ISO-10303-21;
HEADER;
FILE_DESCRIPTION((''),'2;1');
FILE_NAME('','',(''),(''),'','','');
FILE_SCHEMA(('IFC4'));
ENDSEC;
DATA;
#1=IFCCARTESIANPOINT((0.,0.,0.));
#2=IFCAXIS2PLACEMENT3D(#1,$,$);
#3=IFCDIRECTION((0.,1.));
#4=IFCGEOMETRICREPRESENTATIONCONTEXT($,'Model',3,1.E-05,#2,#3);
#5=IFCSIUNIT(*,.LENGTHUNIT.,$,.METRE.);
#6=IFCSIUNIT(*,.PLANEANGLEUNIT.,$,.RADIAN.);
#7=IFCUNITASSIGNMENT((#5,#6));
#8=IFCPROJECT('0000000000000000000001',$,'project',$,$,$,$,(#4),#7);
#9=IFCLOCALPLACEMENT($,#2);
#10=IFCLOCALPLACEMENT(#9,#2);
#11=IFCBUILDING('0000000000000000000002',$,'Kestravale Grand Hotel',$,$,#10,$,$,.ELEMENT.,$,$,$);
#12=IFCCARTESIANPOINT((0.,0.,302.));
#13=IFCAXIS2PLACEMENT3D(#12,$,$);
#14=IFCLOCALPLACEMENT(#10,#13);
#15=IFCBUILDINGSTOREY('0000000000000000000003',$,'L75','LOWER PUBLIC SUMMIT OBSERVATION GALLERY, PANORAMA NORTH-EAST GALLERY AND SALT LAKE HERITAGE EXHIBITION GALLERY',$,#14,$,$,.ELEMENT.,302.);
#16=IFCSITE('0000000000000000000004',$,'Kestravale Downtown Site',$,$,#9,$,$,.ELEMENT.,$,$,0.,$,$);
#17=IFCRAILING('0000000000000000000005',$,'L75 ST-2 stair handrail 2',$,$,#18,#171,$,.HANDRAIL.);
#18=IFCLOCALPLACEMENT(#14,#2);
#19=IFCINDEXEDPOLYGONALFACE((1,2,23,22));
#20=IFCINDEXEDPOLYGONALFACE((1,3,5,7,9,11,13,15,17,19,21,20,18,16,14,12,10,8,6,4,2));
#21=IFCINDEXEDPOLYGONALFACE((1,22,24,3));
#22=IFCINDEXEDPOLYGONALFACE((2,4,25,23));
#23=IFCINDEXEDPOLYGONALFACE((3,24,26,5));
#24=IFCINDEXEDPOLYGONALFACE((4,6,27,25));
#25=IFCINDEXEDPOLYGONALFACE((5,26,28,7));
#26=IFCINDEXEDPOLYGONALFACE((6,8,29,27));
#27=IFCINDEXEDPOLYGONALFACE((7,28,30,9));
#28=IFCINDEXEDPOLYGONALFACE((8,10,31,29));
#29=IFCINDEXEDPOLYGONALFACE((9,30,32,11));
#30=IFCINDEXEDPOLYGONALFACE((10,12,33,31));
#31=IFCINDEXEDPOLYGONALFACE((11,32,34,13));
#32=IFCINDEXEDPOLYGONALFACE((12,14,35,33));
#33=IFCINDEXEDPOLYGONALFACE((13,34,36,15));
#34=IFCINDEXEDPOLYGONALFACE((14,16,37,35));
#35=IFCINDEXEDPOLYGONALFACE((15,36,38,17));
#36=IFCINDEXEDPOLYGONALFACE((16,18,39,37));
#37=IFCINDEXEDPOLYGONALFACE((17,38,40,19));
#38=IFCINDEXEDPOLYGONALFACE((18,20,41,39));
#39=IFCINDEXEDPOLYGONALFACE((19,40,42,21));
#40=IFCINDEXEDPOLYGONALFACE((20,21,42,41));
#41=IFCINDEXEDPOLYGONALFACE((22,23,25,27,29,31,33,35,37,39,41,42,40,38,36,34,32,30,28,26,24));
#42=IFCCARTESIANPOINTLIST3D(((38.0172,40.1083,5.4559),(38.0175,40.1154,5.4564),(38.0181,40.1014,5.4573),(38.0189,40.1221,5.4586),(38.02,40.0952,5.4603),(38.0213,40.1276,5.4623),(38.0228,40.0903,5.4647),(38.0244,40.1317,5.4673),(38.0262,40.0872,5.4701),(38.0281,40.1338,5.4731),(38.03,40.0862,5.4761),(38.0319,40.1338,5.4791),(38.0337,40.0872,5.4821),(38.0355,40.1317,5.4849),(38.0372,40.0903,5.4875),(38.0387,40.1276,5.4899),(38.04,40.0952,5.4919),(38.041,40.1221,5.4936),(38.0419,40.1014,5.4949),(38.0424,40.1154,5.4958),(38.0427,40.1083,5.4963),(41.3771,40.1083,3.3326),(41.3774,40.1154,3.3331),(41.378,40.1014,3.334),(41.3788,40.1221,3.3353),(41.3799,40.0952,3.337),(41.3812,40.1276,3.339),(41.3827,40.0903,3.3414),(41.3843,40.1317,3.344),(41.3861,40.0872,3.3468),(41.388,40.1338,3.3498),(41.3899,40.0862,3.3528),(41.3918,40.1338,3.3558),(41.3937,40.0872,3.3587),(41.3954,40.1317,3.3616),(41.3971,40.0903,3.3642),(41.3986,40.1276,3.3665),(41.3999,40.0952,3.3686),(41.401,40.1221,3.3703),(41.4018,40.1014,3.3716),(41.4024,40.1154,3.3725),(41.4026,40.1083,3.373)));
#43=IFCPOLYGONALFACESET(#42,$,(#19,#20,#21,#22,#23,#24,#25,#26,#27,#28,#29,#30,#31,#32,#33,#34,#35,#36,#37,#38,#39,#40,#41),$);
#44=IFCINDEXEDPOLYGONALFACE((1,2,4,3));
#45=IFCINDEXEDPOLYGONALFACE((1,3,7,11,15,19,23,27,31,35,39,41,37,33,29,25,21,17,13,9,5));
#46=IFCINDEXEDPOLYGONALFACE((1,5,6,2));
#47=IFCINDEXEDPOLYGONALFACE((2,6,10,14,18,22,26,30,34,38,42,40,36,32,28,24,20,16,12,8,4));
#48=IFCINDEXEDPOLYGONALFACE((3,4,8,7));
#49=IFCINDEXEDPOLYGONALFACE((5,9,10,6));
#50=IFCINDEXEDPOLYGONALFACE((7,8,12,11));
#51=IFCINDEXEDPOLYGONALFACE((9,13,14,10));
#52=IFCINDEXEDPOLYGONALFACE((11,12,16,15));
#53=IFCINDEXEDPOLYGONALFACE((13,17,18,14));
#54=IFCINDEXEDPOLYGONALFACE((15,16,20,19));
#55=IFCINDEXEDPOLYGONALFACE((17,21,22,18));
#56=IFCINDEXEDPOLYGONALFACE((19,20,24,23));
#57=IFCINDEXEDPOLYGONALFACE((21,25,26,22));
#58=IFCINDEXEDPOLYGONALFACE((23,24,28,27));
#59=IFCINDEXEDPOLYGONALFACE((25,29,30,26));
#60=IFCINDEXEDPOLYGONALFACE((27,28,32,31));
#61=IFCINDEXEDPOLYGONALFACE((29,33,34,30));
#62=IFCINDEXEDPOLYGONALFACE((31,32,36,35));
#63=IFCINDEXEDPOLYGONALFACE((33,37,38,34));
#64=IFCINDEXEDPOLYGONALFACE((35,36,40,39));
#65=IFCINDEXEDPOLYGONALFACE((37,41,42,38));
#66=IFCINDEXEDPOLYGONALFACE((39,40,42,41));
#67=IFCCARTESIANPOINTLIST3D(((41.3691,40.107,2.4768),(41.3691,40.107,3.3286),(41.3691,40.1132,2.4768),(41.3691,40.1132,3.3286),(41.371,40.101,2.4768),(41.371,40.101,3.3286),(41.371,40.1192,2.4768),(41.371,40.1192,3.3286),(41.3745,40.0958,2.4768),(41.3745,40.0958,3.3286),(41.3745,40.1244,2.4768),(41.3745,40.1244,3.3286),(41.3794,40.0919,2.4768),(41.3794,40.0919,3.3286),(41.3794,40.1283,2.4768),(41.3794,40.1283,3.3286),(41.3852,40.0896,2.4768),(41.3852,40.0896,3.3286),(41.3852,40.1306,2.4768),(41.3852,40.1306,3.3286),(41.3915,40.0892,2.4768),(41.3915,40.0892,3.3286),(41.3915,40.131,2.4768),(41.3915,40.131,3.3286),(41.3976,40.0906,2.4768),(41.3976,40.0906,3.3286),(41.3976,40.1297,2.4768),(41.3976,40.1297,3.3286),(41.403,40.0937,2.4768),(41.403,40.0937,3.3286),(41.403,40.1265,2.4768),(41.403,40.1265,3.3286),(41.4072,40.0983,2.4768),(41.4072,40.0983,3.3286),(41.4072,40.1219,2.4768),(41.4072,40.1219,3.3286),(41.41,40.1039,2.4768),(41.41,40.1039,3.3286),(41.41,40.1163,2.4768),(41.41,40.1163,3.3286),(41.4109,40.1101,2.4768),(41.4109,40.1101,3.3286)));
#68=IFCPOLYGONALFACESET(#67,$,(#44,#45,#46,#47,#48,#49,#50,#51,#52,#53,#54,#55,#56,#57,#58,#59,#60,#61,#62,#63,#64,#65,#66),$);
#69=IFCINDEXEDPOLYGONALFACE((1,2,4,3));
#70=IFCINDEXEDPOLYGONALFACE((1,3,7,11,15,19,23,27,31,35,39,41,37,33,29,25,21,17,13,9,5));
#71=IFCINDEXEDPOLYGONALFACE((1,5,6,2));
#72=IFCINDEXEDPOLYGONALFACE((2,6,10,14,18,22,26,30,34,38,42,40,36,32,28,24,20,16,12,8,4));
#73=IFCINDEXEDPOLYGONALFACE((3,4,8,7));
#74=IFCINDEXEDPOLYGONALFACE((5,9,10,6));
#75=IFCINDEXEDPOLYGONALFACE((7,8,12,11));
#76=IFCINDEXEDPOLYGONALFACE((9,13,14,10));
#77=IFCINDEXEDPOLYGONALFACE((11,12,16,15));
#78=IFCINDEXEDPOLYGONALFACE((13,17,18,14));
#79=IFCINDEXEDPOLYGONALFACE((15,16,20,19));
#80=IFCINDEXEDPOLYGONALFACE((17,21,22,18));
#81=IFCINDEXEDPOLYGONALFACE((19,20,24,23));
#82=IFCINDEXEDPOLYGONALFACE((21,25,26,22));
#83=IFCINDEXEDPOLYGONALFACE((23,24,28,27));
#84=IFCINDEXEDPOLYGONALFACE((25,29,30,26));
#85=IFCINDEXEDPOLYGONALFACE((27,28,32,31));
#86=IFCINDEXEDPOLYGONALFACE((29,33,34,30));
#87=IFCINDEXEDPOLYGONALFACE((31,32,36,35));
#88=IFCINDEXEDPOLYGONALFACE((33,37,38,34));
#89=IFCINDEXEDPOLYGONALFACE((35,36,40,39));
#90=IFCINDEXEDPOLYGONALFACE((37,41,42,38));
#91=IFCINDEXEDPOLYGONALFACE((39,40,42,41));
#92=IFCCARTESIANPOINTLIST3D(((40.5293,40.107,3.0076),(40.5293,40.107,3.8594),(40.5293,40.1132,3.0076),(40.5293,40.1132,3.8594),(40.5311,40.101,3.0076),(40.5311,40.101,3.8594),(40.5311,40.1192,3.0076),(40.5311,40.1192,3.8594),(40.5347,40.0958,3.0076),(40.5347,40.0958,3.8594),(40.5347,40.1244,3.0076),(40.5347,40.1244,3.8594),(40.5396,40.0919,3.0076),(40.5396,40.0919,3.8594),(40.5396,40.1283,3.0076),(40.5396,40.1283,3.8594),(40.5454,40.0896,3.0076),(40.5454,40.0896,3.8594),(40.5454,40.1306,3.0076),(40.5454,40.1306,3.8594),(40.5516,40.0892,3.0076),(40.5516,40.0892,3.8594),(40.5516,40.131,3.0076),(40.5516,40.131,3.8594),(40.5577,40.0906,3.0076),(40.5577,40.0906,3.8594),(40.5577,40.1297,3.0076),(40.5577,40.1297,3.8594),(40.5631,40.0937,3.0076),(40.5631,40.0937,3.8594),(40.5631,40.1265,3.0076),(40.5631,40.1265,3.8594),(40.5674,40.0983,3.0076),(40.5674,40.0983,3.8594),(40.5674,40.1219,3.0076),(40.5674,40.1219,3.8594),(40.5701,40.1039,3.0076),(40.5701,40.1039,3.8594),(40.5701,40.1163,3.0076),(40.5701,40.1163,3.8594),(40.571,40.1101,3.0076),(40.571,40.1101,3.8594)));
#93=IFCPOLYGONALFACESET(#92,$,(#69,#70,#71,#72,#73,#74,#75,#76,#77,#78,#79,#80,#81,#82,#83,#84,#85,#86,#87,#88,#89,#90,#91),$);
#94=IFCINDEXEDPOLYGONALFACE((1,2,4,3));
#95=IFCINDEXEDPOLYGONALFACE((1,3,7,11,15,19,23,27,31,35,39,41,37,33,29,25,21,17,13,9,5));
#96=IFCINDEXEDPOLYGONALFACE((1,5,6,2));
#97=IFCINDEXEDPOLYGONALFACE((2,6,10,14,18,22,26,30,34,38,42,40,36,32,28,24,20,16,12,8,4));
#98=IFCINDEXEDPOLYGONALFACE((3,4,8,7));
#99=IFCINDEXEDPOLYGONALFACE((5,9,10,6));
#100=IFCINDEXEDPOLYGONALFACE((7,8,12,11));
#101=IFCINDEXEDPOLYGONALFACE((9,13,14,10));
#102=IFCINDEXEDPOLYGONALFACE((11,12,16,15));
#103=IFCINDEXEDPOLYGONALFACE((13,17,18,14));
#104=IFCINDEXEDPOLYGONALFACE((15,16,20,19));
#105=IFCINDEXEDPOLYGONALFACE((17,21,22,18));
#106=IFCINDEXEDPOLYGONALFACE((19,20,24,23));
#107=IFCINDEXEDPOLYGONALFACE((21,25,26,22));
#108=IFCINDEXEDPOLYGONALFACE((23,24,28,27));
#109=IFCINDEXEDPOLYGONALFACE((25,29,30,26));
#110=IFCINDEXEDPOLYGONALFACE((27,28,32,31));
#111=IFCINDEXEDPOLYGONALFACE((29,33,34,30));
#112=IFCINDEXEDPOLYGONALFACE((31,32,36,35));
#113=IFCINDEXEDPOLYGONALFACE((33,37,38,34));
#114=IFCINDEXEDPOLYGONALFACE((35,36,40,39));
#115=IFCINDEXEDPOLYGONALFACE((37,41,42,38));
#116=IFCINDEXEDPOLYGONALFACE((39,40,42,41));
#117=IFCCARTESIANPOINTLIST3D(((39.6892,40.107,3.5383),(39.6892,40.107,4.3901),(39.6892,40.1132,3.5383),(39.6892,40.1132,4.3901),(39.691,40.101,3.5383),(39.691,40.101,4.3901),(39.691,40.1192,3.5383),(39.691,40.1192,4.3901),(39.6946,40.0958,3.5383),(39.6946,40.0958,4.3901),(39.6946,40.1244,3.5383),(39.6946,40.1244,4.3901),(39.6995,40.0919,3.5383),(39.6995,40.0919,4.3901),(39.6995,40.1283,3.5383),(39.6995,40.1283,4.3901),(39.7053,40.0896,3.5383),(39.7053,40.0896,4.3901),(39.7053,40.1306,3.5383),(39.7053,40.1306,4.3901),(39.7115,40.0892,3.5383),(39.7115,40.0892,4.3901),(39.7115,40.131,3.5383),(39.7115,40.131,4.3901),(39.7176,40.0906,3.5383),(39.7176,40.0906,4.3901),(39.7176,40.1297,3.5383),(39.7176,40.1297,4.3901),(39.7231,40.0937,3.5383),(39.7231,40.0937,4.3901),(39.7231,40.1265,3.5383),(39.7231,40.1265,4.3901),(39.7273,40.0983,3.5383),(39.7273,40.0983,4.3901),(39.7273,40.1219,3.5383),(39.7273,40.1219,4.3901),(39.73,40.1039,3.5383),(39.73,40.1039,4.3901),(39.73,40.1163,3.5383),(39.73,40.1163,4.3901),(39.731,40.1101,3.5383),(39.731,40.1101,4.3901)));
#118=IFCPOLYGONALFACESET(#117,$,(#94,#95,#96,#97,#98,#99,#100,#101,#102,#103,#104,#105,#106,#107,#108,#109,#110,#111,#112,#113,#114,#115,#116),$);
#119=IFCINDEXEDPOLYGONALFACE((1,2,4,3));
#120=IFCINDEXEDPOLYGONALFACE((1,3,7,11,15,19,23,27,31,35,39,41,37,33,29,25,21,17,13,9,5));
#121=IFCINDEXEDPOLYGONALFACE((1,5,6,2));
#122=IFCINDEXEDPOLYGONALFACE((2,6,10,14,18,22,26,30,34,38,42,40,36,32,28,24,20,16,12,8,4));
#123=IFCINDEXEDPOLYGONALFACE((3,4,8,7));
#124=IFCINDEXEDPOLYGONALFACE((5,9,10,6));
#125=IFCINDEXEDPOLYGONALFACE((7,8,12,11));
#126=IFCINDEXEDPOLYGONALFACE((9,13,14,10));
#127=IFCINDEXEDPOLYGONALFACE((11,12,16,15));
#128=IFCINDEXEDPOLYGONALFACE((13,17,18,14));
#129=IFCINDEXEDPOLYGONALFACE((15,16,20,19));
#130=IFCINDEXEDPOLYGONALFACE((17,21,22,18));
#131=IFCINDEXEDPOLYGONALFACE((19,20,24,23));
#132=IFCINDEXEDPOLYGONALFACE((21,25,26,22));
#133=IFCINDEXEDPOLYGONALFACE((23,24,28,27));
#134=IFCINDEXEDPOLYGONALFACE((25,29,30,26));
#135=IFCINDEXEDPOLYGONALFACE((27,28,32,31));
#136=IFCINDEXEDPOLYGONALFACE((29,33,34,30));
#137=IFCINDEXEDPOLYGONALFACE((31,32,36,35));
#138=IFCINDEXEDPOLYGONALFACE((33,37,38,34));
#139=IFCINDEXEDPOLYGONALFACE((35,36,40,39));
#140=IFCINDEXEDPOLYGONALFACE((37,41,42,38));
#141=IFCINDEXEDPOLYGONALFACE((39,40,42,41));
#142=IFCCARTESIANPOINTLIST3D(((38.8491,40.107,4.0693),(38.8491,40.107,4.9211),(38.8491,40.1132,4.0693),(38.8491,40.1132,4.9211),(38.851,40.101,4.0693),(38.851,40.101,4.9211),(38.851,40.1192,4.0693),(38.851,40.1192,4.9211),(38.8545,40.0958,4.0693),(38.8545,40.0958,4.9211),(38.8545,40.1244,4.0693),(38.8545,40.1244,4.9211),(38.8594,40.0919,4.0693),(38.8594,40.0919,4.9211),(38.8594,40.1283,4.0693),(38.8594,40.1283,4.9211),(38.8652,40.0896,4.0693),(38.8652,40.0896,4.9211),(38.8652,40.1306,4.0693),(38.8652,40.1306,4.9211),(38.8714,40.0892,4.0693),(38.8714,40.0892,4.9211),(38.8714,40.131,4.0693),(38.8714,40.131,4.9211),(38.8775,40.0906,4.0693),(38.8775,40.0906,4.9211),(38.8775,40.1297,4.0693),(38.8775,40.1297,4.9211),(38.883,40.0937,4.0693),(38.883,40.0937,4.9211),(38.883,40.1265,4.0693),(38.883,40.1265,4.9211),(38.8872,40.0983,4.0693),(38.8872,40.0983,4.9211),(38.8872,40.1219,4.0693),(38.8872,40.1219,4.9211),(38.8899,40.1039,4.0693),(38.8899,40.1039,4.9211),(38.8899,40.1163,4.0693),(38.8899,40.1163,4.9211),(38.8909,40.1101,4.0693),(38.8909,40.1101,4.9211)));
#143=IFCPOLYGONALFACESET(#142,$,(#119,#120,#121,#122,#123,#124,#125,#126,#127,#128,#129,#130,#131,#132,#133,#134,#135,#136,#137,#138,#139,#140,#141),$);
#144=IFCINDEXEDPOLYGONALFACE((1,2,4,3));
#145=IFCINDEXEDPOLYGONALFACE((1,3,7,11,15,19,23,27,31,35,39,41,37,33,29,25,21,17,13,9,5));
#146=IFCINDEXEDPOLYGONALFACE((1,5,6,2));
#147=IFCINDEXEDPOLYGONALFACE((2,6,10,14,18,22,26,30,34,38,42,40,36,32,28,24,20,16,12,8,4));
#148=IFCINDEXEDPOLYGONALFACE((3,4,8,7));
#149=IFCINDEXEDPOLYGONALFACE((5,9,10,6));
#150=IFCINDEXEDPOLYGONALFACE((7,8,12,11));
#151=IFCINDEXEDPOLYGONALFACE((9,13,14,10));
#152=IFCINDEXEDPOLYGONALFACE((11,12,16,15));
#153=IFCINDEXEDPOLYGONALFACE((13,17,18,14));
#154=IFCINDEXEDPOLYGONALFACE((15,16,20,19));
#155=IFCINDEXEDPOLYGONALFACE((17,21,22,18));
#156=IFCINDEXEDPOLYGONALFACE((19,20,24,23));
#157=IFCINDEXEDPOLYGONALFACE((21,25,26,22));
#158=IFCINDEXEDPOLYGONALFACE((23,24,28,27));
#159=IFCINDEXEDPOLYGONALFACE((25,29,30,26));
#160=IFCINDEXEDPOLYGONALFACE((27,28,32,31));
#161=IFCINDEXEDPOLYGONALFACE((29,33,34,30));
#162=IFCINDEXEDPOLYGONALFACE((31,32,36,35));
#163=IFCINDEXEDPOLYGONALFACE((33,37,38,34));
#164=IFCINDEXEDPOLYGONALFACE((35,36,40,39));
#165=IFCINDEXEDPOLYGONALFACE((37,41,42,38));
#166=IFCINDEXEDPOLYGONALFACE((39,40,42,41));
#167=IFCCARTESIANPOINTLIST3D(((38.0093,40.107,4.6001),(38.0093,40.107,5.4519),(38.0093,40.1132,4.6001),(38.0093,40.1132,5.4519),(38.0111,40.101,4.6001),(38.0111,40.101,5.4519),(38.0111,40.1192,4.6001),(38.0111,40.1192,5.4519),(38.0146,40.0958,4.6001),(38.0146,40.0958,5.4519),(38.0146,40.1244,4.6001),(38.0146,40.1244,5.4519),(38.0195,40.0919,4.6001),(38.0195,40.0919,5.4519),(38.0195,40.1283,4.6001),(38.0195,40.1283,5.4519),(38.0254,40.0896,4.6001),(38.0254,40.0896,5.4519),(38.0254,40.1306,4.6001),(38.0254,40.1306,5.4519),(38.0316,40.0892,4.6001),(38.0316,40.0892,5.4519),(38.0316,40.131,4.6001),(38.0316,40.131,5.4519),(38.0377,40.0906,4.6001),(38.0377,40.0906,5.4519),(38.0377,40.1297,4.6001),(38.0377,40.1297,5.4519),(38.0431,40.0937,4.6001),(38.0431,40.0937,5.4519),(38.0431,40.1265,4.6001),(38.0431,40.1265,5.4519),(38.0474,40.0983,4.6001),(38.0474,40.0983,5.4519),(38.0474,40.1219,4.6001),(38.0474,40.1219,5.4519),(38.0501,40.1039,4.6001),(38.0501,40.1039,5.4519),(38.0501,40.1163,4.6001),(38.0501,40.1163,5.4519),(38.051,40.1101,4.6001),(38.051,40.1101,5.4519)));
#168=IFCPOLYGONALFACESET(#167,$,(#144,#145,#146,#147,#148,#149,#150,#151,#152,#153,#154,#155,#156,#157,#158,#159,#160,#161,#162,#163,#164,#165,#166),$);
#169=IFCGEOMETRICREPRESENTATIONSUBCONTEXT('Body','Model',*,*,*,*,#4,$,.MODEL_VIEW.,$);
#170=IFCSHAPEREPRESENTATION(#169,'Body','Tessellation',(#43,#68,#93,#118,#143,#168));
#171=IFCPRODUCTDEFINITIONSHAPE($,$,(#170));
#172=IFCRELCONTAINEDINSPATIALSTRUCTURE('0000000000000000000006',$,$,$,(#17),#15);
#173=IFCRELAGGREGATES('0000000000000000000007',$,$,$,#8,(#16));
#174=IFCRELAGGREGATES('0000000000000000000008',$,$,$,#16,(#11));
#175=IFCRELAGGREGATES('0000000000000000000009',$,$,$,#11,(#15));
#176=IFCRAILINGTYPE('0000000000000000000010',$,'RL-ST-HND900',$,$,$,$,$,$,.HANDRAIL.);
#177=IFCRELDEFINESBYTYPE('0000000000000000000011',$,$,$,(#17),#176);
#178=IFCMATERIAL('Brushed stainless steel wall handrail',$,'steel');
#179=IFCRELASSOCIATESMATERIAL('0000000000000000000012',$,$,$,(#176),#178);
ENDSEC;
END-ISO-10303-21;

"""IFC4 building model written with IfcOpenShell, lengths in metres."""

from ifc_helpers import new_model, si_unit, direction, frame, origin, origin_2d, place, context, subcontext, project, spatial, circle, extrude, material, type_object, element, save


model = new_model("IFC4")

# Units and contexts
model_context = context("Model", 3, precision=1e-05, world=origin(), true_north=direction((0.0, 1.0)))
body_context = subcontext(model_context, "Body", "Model", "MODEL_VIEW")
ifc_project = project(units=[si_unit("LENGTHUNIT", "METRE"), si_unit("PLANEANGLEUNIT", "RADIAN")], contexts=[model_context])

# Site, building, storey
site_placement = place(None, origin())
site = spatial("IfcSite", under=ifc_project, at=site_placement, Name="Kestravale Downtown Site", CompositionType="ELEMENT", RefElevation=0.0)
building_placement = place(site_placement, origin())
building = spatial("IfcBuilding", under=site, at=building_placement, Name="Kestravale Grand Hotel", CompositionType="ELEMENT")
storey_placement = place(building_placement, frame((0.0, 0.0, 302.0)))
storey = spatial("IfcBuildingStorey", under=building, at=storey_placement, Name="L75", Description="LOWER PUBLIC SUMMIT OBSERVATION GALLERY, PANORAMA NORTH-EAST GALLERY AND SALT LAKE HERITAGE EXHIBITION GALLERY", CompositionType="ELEMENT", Elevation=302.0)

# Railing
ifc_material_1 = material(Name="Brushed stainless steel wall handrail", Category="steel")
railing_type_1 = type_object("IfcRailingType", Name="RL-ST-HND900", PredefinedType="HANDRAIL", material=ifc_material_1)
railing_1_placement = place(storey_placement, frame((41.3899, 40.1101, 2.4768)))
element("IfcRailing", 1, at=railing_1_placement, inside=storey, type_object=railing_type_1, Name="L75 ST-2 stair handrail 2", PredefinedType="HANDRAIL", context=body_context, shape_type="SweptSolid", body=[
    extrude(circle(Radius=0.0239, at=origin_2d()), frame((0.0, 0.0, 0.876), z_axis=(-0.845344, 0.0, 0.534222), x_axis=(0.0, -1.0, 0.0)), (0.0, 0.0, 1.0), 3.9746),
    extrude(circle(Radius=0.021, at=origin_2d()), origin(), (0.0, 0.0, 1.0), 0.8518),
    extrude(circle(Radius=0.021, at=origin_2d()), frame((-0.8398, 0.0, 0.5308)), (0.0, 0.0, 1.0), 0.8518),
    extrude(circle(Radius=0.021, at=origin_2d()), frame((-1.6799, 0.0, 1.0615)), (0.0, 0.0, 1.0), 0.8518),
    extrude(circle(Radius=0.021, at=origin_2d()), frame((-2.52, 0.0, 1.5925)), (0.0, 0.0, 1.0), 0.8518),
    extrude(circle(Radius=0.021, at=origin_2d()), frame((-3.3599, 0.0, 2.1233)), (0.0, 0.0, 1.0), 0.8518),
])

save(model, "model.ifc")
